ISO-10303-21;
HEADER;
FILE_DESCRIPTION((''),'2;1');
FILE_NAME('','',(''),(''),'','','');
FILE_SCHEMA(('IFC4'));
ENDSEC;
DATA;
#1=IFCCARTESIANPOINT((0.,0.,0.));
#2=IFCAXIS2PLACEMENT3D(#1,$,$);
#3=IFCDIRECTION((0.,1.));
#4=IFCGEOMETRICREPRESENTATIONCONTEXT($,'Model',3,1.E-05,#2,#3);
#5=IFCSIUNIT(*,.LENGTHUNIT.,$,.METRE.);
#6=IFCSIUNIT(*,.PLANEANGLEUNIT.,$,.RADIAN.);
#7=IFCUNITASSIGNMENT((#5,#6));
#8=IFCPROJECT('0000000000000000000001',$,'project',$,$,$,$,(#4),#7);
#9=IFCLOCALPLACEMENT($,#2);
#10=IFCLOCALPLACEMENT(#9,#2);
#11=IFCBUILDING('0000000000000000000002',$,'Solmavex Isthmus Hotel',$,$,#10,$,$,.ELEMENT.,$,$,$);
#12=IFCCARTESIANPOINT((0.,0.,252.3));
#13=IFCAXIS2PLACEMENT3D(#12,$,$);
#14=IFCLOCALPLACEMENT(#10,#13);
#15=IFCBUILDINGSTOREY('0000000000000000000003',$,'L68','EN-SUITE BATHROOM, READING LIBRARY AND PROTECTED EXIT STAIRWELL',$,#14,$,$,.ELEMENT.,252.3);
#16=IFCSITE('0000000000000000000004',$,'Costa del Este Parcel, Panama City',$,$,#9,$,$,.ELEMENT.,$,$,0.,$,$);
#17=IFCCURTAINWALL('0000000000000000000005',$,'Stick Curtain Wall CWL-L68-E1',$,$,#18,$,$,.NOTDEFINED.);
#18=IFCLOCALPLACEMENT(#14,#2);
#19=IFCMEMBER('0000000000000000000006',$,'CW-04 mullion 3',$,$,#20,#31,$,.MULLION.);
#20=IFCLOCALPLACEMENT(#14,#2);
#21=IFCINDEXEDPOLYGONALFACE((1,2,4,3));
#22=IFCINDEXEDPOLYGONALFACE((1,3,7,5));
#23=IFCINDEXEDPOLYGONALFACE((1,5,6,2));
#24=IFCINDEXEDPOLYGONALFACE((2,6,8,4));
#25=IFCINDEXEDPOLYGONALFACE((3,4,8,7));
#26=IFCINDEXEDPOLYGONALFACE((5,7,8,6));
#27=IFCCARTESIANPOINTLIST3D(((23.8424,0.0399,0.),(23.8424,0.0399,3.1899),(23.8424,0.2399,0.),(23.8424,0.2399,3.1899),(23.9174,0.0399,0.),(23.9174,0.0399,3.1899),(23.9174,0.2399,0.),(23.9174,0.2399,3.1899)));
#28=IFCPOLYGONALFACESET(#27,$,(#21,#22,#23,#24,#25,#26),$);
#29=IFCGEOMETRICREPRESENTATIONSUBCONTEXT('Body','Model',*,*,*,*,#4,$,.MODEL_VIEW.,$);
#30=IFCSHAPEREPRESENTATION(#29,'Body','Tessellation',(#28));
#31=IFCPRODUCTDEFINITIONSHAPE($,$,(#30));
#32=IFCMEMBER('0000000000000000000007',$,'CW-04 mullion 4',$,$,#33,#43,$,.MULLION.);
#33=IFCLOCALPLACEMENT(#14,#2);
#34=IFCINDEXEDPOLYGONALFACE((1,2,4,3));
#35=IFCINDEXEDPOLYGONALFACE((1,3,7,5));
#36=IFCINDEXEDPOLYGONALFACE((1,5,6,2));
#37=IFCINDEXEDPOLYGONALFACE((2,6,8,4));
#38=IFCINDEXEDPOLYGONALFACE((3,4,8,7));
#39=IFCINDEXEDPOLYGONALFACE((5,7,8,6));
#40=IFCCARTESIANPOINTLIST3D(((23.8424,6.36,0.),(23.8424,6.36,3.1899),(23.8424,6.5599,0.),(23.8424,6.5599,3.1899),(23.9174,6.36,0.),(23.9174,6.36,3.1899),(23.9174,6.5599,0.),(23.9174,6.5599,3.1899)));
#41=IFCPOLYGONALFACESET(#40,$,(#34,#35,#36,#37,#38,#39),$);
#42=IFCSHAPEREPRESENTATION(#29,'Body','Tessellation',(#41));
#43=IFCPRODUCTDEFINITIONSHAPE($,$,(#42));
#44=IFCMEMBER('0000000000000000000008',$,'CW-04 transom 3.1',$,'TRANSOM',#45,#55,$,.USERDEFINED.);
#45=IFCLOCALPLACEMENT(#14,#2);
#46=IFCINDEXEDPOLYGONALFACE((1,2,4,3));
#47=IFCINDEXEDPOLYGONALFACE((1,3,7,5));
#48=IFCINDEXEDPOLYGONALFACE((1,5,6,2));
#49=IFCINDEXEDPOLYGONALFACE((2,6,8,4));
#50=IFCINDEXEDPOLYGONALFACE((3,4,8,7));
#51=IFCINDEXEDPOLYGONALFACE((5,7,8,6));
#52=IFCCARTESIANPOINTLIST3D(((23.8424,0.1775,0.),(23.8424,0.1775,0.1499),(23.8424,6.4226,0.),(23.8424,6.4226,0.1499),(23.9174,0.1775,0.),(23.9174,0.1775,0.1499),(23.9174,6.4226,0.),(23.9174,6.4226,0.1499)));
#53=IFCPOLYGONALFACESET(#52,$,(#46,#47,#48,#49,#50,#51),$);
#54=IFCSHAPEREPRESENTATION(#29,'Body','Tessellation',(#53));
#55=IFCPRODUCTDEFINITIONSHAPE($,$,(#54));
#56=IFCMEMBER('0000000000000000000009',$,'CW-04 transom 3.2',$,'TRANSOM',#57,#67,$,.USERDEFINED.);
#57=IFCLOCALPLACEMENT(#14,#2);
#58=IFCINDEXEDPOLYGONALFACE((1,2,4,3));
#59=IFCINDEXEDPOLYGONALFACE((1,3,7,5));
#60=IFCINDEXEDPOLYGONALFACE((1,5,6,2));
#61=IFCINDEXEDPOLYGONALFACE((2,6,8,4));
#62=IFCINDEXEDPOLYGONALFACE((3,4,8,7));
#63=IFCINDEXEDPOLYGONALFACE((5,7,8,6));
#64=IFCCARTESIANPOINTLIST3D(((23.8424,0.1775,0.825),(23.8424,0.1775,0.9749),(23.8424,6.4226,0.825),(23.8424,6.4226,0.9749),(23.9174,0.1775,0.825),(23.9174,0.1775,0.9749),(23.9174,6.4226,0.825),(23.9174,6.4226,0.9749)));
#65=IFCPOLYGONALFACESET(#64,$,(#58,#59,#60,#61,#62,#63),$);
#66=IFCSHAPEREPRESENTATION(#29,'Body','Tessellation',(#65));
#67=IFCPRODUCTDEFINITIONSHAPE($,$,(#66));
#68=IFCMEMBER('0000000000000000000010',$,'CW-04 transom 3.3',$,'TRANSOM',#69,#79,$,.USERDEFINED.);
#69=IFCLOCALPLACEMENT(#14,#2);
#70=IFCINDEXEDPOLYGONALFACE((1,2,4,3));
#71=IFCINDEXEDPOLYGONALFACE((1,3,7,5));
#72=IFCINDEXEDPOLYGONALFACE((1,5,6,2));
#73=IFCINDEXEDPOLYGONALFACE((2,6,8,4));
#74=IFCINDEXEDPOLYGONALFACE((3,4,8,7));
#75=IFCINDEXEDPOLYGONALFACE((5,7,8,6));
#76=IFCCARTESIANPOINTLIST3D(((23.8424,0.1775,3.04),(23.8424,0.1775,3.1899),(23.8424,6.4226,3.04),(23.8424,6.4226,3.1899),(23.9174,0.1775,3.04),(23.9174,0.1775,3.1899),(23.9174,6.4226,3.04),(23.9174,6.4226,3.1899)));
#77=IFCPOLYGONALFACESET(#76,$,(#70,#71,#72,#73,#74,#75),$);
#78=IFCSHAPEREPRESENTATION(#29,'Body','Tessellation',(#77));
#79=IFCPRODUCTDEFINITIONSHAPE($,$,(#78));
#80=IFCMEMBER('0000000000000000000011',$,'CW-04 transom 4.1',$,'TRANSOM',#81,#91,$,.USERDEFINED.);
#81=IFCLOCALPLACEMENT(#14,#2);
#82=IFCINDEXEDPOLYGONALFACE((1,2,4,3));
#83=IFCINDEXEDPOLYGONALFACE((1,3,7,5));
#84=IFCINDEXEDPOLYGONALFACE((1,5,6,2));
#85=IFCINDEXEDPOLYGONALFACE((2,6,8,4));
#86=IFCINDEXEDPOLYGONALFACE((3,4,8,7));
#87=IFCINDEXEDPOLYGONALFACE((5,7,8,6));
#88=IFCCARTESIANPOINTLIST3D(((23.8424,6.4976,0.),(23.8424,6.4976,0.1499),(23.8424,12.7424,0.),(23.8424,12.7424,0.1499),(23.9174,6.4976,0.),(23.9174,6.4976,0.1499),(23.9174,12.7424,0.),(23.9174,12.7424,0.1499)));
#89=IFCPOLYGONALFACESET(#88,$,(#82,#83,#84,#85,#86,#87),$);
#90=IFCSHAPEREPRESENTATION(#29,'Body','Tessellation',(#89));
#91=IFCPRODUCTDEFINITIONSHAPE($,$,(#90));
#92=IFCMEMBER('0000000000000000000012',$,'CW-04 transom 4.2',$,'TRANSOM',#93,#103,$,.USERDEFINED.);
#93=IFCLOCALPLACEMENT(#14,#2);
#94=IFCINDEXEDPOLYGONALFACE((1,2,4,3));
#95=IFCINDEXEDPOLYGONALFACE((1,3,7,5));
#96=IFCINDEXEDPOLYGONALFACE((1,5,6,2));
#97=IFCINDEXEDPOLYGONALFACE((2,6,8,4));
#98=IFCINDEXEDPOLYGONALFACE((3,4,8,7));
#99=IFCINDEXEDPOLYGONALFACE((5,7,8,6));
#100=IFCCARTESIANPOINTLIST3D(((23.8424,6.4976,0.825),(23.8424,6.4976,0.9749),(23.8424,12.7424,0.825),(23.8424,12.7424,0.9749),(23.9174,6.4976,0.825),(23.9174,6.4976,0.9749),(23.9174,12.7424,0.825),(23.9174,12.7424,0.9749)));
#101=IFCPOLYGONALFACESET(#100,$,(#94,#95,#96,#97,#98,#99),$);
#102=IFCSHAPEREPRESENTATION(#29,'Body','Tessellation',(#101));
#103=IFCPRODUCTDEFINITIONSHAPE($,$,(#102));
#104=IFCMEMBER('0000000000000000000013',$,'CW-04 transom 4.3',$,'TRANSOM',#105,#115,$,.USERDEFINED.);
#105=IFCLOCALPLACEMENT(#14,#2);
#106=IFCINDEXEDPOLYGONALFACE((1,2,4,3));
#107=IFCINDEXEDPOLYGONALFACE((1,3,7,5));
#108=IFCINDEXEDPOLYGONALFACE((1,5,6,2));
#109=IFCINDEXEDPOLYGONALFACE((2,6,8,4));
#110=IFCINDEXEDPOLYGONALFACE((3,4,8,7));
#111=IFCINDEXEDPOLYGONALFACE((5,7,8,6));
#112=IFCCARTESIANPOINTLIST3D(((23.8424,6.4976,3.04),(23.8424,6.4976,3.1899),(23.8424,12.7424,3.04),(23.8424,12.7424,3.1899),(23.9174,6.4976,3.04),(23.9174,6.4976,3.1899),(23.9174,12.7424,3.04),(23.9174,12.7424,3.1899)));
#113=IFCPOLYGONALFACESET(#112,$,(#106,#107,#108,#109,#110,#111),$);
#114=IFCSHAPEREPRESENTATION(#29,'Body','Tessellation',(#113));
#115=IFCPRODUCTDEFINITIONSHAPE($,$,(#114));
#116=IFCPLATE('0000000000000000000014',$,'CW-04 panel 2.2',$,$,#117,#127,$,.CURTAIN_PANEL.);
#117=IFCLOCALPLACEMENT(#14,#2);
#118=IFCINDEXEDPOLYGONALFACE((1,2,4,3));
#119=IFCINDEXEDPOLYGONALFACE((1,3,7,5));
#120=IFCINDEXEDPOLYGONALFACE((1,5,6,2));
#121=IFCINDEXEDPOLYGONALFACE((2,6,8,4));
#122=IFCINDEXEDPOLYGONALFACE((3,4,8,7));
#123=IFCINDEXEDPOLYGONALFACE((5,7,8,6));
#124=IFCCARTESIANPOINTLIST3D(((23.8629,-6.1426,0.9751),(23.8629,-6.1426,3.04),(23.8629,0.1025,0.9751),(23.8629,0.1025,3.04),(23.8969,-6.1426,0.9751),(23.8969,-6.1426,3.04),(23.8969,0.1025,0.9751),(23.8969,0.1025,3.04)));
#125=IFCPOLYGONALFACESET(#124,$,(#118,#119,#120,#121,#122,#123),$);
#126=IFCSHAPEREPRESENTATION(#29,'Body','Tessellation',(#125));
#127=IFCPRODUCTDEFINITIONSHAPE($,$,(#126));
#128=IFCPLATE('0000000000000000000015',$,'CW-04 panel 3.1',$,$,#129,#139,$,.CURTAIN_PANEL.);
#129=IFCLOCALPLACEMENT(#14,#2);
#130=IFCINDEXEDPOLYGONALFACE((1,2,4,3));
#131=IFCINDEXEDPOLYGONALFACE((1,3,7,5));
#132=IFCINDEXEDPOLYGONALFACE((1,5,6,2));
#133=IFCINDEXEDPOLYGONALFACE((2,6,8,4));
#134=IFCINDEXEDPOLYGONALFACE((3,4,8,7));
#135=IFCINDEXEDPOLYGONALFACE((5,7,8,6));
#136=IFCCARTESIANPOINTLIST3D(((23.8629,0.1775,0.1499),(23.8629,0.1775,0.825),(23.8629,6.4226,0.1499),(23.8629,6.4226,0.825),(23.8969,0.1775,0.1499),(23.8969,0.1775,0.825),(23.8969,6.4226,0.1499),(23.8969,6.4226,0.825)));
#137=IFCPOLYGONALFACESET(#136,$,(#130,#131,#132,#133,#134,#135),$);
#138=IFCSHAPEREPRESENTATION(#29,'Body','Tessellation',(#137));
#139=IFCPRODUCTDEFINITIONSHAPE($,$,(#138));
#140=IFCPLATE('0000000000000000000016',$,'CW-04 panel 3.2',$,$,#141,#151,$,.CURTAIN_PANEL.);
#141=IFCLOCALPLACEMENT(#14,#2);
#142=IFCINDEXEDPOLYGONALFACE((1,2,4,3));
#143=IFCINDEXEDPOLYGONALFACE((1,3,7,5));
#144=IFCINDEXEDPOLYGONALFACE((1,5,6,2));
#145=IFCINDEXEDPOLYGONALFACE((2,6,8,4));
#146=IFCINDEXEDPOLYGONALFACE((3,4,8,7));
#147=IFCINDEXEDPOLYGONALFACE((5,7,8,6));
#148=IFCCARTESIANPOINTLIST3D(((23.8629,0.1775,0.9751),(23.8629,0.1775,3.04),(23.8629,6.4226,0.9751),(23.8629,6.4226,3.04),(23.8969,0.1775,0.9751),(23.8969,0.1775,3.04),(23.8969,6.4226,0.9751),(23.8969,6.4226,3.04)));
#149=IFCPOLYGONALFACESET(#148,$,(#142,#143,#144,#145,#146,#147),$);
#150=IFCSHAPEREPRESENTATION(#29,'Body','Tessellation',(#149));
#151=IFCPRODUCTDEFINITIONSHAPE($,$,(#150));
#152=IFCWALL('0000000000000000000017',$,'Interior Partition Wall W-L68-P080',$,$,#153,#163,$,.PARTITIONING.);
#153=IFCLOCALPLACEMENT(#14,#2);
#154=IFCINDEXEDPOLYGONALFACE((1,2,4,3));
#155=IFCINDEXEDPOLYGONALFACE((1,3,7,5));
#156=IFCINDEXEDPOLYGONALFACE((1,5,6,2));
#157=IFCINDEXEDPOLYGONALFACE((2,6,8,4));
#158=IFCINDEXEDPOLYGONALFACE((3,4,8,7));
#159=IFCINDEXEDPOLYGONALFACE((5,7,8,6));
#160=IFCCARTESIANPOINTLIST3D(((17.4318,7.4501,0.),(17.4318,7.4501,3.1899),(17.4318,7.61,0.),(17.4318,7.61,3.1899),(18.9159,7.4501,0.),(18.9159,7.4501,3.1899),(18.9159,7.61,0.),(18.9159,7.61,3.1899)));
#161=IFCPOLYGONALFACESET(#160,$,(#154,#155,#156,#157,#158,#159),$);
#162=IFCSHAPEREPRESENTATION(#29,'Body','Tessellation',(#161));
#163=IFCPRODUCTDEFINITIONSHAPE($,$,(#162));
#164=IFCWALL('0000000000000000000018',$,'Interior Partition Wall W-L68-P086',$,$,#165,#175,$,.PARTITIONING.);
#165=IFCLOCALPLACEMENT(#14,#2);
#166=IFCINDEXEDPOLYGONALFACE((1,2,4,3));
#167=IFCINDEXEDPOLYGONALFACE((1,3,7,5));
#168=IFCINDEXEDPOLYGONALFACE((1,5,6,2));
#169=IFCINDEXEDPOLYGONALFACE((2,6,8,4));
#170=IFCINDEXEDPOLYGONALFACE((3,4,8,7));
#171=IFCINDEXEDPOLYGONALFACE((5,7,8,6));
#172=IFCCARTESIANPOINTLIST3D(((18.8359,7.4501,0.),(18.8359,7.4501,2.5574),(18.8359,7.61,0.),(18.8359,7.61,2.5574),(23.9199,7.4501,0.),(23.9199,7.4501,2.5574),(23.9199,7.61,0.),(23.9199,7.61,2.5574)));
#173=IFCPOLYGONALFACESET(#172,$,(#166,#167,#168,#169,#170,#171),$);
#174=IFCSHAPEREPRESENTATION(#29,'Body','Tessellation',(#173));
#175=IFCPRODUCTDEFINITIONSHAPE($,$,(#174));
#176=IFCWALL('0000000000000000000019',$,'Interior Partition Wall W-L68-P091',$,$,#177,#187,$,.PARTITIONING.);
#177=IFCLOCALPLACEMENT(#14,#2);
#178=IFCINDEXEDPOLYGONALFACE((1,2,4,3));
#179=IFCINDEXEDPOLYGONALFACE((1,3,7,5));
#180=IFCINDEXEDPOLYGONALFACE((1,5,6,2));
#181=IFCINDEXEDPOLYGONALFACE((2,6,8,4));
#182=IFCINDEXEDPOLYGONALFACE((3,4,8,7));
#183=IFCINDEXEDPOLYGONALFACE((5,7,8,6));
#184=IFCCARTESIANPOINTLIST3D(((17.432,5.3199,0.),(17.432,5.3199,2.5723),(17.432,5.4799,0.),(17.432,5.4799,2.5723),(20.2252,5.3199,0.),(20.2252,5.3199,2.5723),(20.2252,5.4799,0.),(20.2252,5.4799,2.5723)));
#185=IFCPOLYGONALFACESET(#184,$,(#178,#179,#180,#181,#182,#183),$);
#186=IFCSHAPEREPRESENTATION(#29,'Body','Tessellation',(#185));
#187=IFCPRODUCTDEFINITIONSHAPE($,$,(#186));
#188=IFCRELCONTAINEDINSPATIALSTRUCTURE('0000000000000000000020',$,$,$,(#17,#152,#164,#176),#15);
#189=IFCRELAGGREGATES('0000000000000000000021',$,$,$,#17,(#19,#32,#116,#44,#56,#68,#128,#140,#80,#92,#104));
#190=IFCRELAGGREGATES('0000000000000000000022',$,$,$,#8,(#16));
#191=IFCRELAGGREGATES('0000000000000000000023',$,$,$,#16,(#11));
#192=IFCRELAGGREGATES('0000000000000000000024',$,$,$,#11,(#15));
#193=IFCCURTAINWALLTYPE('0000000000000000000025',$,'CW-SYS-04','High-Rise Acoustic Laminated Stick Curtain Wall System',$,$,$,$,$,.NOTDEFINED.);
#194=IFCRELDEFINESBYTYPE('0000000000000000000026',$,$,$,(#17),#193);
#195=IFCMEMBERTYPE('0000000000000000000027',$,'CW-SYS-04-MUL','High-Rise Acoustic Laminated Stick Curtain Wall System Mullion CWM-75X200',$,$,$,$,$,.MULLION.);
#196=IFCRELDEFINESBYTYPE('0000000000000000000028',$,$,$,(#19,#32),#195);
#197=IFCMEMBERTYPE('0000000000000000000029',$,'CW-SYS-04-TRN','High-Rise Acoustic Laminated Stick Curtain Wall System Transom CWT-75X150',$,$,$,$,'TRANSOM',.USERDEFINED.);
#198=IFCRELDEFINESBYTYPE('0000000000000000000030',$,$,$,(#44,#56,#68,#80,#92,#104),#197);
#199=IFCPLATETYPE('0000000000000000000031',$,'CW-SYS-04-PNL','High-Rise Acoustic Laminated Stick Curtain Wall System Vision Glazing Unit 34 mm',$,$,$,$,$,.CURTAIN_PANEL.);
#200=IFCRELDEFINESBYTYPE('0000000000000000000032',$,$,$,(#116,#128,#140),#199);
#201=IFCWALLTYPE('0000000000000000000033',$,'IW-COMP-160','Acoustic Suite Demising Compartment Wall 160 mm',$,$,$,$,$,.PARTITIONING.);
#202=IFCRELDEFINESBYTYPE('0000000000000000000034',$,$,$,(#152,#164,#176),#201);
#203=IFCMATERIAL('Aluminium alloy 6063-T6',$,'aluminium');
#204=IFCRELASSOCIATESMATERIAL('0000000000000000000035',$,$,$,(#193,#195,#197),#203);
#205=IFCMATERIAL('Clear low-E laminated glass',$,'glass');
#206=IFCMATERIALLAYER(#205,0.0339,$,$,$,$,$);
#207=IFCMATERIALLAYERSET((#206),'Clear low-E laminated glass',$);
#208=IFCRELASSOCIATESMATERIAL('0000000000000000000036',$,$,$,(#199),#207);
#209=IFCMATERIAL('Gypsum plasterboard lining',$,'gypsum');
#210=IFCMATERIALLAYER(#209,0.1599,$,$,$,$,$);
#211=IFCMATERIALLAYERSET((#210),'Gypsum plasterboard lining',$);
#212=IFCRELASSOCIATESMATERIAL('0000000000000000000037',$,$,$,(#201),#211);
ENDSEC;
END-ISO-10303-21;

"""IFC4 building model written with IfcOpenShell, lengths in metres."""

from ifc_helpers import new_model, si_unit, direction, frame, frame_2d, origin, origin_2d, place, context, subcontext, project, spatial, rectangle, extrude, material, layer, layer_set, material_profile, profile_set, type_object, element, aggregate, save


model = new_model("IFC4")

# Units and contexts
model_context = context("Model", 3, precision=1e-05, world=origin(), true_north=direction((0.0, 1.0)))
body_context = subcontext(model_context, "Body", "Model", "MODEL_VIEW")
ifc_project = project(units=[si_unit("LENGTHUNIT", "METRE"), si_unit("PLANEANGLEUNIT", "RADIAN")], contexts=[model_context])

# Site, building, storey
site_placement = place(None, origin())
site = spatial("IfcSite", under=ifc_project, at=site_placement, Name="Costa del Este Parcel, Panama City", CompositionType="ELEMENT", RefElevation=0.0)
building_placement = place(site_placement, origin())
building = spatial("IfcBuilding", under=site, at=building_placement, Name="Solmavex Isthmus Hotel", CompositionType="ELEMENT")
storey_placement = place(building_placement, frame((0.0, 0.0, 252.3)))
storey = spatial("IfcBuildingStorey", under=building, at=storey_placement, Name="L68", Description="EN-SUITE BATHROOM, READING LIBRARY AND PROTECTED EXIT STAIRWELL", CompositionType="ELEMENT", Elevation=252.3)

# Curtain wall, members, plates
ifc_material_1 = material(Name="Aluminium alloy 6063-T6", Category="aluminium")
curtain_wall_type = type_object("IfcCurtainWallType", Name="CW-SYS-04", Description="High-Rise Acoustic Laminated Stick Curtain Wall System", PredefinedType="NOTDEFINED", material=ifc_material_1)
curtain_wall_placement = place(storey_placement, origin())
curtain_wall = element("IfcCurtainWall", 1, at=curtain_wall_placement, inside=storey, type_object=curtain_wall_type, Name="Stick Curtain Wall CWL-L68-E1", PredefinedType="NOTDEFINED")
ifc_material_profile_1 = material_profile(ifc_material_1, rectangle(XDim=0.075, YDim=0.2, at=origin_2d()), Name="CWM-75X200")
ifc_profile_set_1 = profile_set([ifc_material_profile_1], Name="Aluminium alloy 6063-T6")
member_type_1 = type_object("IfcMemberType", Name="CW-SYS-04-MUL", Description="High-Rise Acoustic Laminated Stick Curtain Wall System Mullion CWM-75X200", PredefinedType="MULLION", material=ifc_profile_set_1)
member_1_placement = place(storey_placement, frame((23.8799, 0.1399, 0.0), z_axis=(0.0, 0.0, 1.0), x_axis=(-1.0, 0.0, 0.0)))
member_1 = element("IfcMember", 2, at=member_1_placement, type_object=member_type_1, Name="CW-04 mullion 3", PredefinedType="MULLION", context=body_context, shape_type="SweptSolid", body=[
    extrude(rectangle(XDim=0.075, YDim=0.2, at=origin_2d()), origin(), (0.0, 0.0, 1.0), 3.1899),
])
member_2_placement = place(storey_placement, frame((23.8799, 6.46, 0.0), z_axis=(0.0, 0.0, 1.0), x_axis=(-1.0, 0.0, 0.0)))
member_2 = element("IfcMember", 3, at=member_2_placement, type_object=member_type_1, Name="CW-04 mullion 4", PredefinedType="MULLION", context=body_context, shape_type="SweptSolid", body=[
    extrude(rectangle(XDim=0.075, YDim=0.2, at=origin_2d()), origin(), (0.0, 0.0, 1.0), 3.1899),
])
ifc_material_profile_2 = material_profile(ifc_material_1, rectangle(XDim=0.075, YDim=0.1499, at=origin_2d()), Name="CWT-75X150")
ifc_profile_set_2 = profile_set([ifc_material_profile_2], Name="Aluminium alloy 6063-T6")
member_type_2 = type_object("IfcMemberType", Name="CW-SYS-04-TRN", Description="High-Rise Acoustic Laminated Stick Curtain Wall System Transom CWT-75X150", ElementType="TRANSOM", PredefinedType="USERDEFINED", material=ifc_profile_set_2)
member_3_placement = place(storey_placement, frame((23.8799, 0.1775, 0.075), z_axis=(0.0, 1.0, 0.0), x_axis=(-1.0, 0.0, 0.0)))
member_3 = element("IfcMember", 4, at=member_3_placement, type_object=member_type_2, Name="CW-04 transom 3.1", ObjectType="TRANSOM", PredefinedType="USERDEFINED", context=body_context, shape_type="SweptSolid", body=[
    extrude(rectangle(XDim=0.075, YDim=0.1499, at=origin_2d()), origin(), (0.0, 0.0, 1.0), 6.2451),
])
member_4_placement = place(storey_placement, frame((23.8799, 0.1775, 0.8999), z_axis=(0.0, 1.0, 0.0), x_axis=(-1.0, 0.0, 0.0)))
member_4 = element("IfcMember", 5, at=member_4_placement, type_object=member_type_2, Name="CW-04 transom 3.2", ObjectType="TRANSOM", PredefinedType="USERDEFINED", context=body_context, shape_type="SweptSolid", body=[
    extrude(rectangle(XDim=0.075, YDim=0.1499, at=origin_2d()), origin(), (0.0, 0.0, 1.0), 6.2451),
])
member_5_placement = place(storey_placement, frame((23.8799, 0.1775, 3.115), z_axis=(0.0, 1.0, 0.0), x_axis=(-1.0, 0.0, 0.0)))
member_5 = element("IfcMember", 6, at=member_5_placement, type_object=member_type_2, Name="CW-04 transom 3.3", ObjectType="TRANSOM", PredefinedType="USERDEFINED", context=body_context, shape_type="SweptSolid", body=[
    extrude(rectangle(XDim=0.075, YDim=0.1499, at=origin_2d()), origin(), (0.0, 0.0, 1.0), 6.2451),
])
member_6_placement = place(storey_placement, frame((23.8799, 6.4976, 0.075), z_axis=(0.0, 1.0, 0.0), x_axis=(-1.0, 0.0, 0.0)))
member_6 = element("IfcMember", 7, at=member_6_placement, type_object=member_type_2, Name="CW-04 transom 4.1", ObjectType="TRANSOM", PredefinedType="USERDEFINED", context=body_context, shape_type="SweptSolid", body=[
    extrude(rectangle(XDim=0.075, YDim=0.1499, at=origin_2d()), origin(), (0.0, 0.0, 1.0), 6.2449),
])
member_7_placement = place(storey_placement, frame((23.8799, 6.4976, 0.8999), z_axis=(0.0, 1.0, 0.0), x_axis=(-1.0, 0.0, 0.0)))
member_7 = element("IfcMember", 8, at=member_7_placement, type_object=member_type_2, Name="CW-04 transom 4.2", ObjectType="TRANSOM", PredefinedType="USERDEFINED", context=body_context, shape_type="SweptSolid", body=[
    extrude(rectangle(XDim=0.075, YDim=0.1499, at=origin_2d()), origin(), (0.0, 0.0, 1.0), 6.2449),
])
member_8_placement = place(storey_placement, frame((23.8799, 6.4976, 3.115), z_axis=(0.0, 1.0, 0.0), x_axis=(-1.0, 0.0, 0.0)))
member_8 = element("IfcMember", 9, at=member_8_placement, type_object=member_type_2, Name="CW-04 transom 4.3", ObjectType="TRANSOM", PredefinedType="USERDEFINED", context=body_context, shape_type="SweptSolid", body=[
    extrude(rectangle(XDim=0.075, YDim=0.1499, at=origin_2d()), origin(), (0.0, 0.0, 1.0), 6.2449),
])
ifc_material_2 = material(Name="Clear low-E laminated glass", Category="glass")
ifc_layer_1 = layer(ifc_material_2, 0.0339)
ifc_layer_set_1 = layer_set([ifc_layer_1], Name="Clear low-E laminated glass")
plate_type = type_object("IfcPlateType", Name="CW-SYS-04-PNL", Description="High-Rise Acoustic Laminated Stick Curtain Wall System Vision Glazing Unit 34 mm", PredefinedType="CURTAIN_PANEL", material=ifc_layer_set_1)
plate_1_placement = place(storey_placement, frame((23.8799, -3.02, 0.9751), z_axis=(0.0, 0.0, 1.0), x_axis=(0.0, 1.0, 0.0)))
plate_1 = element("IfcPlate", 10, at=plate_1_placement, type_object=plate_type, Name="CW-04 panel 2.2", PredefinedType="CURTAIN_PANEL", context=body_context, shape_type="SweptSolid", body=[
    extrude(rectangle(XDim=6.2451, YDim=0.0339, at=origin_2d()), origin(), (0.0, 0.0, 1.0), 2.0649),
])
plate_2_placement = place(storey_placement, frame((23.8799, 3.3, 0.1499), z_axis=(0.0, 0.0, 1.0), x_axis=(0.0, 1.0, 0.0)))
plate_2 = element("IfcPlate", 11, at=plate_2_placement, type_object=plate_type, Name="CW-04 panel 3.1", PredefinedType="CURTAIN_PANEL", context=body_context, shape_type="SweptSolid", body=[
    extrude(rectangle(XDim=6.2451, YDim=0.0339, at=origin_2d()), origin(), (0.0, 0.0, 1.0), 0.675),
])
plate_3_placement = place(storey_placement, frame((23.8799, 3.3, 0.9751), z_axis=(0.0, 0.0, 1.0), x_axis=(0.0, 1.0, 0.0)))
plate_3 = element("IfcPlate", 12, at=plate_3_placement, type_object=plate_type, Name="CW-04 panel 3.2", PredefinedType="CURTAIN_PANEL", context=body_context, shape_type="SweptSolid", body=[
    extrude(rectangle(XDim=6.2451, YDim=0.0339, at=origin_2d()), origin(), (0.0, 0.0, 1.0), 2.0649),
])
aggregate(curtain_wall, [member_1, member_2, plate_1, member_3, member_4, member_5, plate_2, plate_3, member_6, member_7, member_8])

# Walls
ifc_material_3 = material(Name="Gypsum plasterboard lining", Category="gypsum")
ifc_layer_2 = layer(ifc_material_3, 0.1599)
ifc_layer_set_2 = layer_set([ifc_layer_2], Name="Gypsum plasterboard lining")
wall_type_1 = type_object("IfcWallType", Name="IW-COMP-160", Description="Acoustic Suite Demising Compartment Wall 160 mm", PredefinedType="PARTITIONING", material=ifc_layer_set_2)
wall_1_placement = place(storey_placement, frame((18.916, 7.53, 0.0), z_axis=(0.0, 0.0, 1.0), x_axis=(-1.0, 0.0, 0.0)))
element("IfcWall", 13, at=wall_1_placement, inside=storey, type_object=wall_type_1, Name="Interior Partition Wall W-L68-P080", PredefinedType="PARTITIONING", context=body_context, shape_type="SweptSolid", body=[
    extrude(rectangle(XDim=1.4841, YDim=0.1599, at=frame_2d((0.7422, 0.0))), origin(), (0.0, 0.0, 1.0), 3.1899),
])
wall_2_placement = place(storey_placement, frame((23.9199, 7.53, 0.0), z_axis=(0.0, 0.0, 1.0), x_axis=(-1.0, 0.0, 0.0)))
element("IfcWall", 14, at=wall_2_placement, inside=storey, type_object=wall_type_1, Name="Interior Partition Wall W-L68-P086", PredefinedType="PARTITIONING", context=body_context, shape_type="SweptSolid", body=[
    extrude(rectangle(XDim=5.084, YDim=0.1599, at=frame_2d((2.542, 0.0))), origin(), (0.0, 0.0, 1.0), 2.5574),
])
wall_3_placement = place(storey_placement, frame((20.2251, 5.3999, 0.0), z_axis=(0.0, 0.0, 1.0), x_axis=(-1.0, 0.0, 0.0)))
element("IfcWall", 15, at=wall_3_placement, inside=storey, type_object=wall_type_1, Name="Interior Partition Wall W-L68-P091", PredefinedType="PARTITIONING", context=body_context, shape_type="SweptSolid", body=[
    extrude(rectangle(XDim=2.7932, YDim=0.1599, at=frame_2d((1.3965, 0.0))), origin(), (0.0, 0.0, 1.0), 2.5723),
])

save(model, "model.ifc")
